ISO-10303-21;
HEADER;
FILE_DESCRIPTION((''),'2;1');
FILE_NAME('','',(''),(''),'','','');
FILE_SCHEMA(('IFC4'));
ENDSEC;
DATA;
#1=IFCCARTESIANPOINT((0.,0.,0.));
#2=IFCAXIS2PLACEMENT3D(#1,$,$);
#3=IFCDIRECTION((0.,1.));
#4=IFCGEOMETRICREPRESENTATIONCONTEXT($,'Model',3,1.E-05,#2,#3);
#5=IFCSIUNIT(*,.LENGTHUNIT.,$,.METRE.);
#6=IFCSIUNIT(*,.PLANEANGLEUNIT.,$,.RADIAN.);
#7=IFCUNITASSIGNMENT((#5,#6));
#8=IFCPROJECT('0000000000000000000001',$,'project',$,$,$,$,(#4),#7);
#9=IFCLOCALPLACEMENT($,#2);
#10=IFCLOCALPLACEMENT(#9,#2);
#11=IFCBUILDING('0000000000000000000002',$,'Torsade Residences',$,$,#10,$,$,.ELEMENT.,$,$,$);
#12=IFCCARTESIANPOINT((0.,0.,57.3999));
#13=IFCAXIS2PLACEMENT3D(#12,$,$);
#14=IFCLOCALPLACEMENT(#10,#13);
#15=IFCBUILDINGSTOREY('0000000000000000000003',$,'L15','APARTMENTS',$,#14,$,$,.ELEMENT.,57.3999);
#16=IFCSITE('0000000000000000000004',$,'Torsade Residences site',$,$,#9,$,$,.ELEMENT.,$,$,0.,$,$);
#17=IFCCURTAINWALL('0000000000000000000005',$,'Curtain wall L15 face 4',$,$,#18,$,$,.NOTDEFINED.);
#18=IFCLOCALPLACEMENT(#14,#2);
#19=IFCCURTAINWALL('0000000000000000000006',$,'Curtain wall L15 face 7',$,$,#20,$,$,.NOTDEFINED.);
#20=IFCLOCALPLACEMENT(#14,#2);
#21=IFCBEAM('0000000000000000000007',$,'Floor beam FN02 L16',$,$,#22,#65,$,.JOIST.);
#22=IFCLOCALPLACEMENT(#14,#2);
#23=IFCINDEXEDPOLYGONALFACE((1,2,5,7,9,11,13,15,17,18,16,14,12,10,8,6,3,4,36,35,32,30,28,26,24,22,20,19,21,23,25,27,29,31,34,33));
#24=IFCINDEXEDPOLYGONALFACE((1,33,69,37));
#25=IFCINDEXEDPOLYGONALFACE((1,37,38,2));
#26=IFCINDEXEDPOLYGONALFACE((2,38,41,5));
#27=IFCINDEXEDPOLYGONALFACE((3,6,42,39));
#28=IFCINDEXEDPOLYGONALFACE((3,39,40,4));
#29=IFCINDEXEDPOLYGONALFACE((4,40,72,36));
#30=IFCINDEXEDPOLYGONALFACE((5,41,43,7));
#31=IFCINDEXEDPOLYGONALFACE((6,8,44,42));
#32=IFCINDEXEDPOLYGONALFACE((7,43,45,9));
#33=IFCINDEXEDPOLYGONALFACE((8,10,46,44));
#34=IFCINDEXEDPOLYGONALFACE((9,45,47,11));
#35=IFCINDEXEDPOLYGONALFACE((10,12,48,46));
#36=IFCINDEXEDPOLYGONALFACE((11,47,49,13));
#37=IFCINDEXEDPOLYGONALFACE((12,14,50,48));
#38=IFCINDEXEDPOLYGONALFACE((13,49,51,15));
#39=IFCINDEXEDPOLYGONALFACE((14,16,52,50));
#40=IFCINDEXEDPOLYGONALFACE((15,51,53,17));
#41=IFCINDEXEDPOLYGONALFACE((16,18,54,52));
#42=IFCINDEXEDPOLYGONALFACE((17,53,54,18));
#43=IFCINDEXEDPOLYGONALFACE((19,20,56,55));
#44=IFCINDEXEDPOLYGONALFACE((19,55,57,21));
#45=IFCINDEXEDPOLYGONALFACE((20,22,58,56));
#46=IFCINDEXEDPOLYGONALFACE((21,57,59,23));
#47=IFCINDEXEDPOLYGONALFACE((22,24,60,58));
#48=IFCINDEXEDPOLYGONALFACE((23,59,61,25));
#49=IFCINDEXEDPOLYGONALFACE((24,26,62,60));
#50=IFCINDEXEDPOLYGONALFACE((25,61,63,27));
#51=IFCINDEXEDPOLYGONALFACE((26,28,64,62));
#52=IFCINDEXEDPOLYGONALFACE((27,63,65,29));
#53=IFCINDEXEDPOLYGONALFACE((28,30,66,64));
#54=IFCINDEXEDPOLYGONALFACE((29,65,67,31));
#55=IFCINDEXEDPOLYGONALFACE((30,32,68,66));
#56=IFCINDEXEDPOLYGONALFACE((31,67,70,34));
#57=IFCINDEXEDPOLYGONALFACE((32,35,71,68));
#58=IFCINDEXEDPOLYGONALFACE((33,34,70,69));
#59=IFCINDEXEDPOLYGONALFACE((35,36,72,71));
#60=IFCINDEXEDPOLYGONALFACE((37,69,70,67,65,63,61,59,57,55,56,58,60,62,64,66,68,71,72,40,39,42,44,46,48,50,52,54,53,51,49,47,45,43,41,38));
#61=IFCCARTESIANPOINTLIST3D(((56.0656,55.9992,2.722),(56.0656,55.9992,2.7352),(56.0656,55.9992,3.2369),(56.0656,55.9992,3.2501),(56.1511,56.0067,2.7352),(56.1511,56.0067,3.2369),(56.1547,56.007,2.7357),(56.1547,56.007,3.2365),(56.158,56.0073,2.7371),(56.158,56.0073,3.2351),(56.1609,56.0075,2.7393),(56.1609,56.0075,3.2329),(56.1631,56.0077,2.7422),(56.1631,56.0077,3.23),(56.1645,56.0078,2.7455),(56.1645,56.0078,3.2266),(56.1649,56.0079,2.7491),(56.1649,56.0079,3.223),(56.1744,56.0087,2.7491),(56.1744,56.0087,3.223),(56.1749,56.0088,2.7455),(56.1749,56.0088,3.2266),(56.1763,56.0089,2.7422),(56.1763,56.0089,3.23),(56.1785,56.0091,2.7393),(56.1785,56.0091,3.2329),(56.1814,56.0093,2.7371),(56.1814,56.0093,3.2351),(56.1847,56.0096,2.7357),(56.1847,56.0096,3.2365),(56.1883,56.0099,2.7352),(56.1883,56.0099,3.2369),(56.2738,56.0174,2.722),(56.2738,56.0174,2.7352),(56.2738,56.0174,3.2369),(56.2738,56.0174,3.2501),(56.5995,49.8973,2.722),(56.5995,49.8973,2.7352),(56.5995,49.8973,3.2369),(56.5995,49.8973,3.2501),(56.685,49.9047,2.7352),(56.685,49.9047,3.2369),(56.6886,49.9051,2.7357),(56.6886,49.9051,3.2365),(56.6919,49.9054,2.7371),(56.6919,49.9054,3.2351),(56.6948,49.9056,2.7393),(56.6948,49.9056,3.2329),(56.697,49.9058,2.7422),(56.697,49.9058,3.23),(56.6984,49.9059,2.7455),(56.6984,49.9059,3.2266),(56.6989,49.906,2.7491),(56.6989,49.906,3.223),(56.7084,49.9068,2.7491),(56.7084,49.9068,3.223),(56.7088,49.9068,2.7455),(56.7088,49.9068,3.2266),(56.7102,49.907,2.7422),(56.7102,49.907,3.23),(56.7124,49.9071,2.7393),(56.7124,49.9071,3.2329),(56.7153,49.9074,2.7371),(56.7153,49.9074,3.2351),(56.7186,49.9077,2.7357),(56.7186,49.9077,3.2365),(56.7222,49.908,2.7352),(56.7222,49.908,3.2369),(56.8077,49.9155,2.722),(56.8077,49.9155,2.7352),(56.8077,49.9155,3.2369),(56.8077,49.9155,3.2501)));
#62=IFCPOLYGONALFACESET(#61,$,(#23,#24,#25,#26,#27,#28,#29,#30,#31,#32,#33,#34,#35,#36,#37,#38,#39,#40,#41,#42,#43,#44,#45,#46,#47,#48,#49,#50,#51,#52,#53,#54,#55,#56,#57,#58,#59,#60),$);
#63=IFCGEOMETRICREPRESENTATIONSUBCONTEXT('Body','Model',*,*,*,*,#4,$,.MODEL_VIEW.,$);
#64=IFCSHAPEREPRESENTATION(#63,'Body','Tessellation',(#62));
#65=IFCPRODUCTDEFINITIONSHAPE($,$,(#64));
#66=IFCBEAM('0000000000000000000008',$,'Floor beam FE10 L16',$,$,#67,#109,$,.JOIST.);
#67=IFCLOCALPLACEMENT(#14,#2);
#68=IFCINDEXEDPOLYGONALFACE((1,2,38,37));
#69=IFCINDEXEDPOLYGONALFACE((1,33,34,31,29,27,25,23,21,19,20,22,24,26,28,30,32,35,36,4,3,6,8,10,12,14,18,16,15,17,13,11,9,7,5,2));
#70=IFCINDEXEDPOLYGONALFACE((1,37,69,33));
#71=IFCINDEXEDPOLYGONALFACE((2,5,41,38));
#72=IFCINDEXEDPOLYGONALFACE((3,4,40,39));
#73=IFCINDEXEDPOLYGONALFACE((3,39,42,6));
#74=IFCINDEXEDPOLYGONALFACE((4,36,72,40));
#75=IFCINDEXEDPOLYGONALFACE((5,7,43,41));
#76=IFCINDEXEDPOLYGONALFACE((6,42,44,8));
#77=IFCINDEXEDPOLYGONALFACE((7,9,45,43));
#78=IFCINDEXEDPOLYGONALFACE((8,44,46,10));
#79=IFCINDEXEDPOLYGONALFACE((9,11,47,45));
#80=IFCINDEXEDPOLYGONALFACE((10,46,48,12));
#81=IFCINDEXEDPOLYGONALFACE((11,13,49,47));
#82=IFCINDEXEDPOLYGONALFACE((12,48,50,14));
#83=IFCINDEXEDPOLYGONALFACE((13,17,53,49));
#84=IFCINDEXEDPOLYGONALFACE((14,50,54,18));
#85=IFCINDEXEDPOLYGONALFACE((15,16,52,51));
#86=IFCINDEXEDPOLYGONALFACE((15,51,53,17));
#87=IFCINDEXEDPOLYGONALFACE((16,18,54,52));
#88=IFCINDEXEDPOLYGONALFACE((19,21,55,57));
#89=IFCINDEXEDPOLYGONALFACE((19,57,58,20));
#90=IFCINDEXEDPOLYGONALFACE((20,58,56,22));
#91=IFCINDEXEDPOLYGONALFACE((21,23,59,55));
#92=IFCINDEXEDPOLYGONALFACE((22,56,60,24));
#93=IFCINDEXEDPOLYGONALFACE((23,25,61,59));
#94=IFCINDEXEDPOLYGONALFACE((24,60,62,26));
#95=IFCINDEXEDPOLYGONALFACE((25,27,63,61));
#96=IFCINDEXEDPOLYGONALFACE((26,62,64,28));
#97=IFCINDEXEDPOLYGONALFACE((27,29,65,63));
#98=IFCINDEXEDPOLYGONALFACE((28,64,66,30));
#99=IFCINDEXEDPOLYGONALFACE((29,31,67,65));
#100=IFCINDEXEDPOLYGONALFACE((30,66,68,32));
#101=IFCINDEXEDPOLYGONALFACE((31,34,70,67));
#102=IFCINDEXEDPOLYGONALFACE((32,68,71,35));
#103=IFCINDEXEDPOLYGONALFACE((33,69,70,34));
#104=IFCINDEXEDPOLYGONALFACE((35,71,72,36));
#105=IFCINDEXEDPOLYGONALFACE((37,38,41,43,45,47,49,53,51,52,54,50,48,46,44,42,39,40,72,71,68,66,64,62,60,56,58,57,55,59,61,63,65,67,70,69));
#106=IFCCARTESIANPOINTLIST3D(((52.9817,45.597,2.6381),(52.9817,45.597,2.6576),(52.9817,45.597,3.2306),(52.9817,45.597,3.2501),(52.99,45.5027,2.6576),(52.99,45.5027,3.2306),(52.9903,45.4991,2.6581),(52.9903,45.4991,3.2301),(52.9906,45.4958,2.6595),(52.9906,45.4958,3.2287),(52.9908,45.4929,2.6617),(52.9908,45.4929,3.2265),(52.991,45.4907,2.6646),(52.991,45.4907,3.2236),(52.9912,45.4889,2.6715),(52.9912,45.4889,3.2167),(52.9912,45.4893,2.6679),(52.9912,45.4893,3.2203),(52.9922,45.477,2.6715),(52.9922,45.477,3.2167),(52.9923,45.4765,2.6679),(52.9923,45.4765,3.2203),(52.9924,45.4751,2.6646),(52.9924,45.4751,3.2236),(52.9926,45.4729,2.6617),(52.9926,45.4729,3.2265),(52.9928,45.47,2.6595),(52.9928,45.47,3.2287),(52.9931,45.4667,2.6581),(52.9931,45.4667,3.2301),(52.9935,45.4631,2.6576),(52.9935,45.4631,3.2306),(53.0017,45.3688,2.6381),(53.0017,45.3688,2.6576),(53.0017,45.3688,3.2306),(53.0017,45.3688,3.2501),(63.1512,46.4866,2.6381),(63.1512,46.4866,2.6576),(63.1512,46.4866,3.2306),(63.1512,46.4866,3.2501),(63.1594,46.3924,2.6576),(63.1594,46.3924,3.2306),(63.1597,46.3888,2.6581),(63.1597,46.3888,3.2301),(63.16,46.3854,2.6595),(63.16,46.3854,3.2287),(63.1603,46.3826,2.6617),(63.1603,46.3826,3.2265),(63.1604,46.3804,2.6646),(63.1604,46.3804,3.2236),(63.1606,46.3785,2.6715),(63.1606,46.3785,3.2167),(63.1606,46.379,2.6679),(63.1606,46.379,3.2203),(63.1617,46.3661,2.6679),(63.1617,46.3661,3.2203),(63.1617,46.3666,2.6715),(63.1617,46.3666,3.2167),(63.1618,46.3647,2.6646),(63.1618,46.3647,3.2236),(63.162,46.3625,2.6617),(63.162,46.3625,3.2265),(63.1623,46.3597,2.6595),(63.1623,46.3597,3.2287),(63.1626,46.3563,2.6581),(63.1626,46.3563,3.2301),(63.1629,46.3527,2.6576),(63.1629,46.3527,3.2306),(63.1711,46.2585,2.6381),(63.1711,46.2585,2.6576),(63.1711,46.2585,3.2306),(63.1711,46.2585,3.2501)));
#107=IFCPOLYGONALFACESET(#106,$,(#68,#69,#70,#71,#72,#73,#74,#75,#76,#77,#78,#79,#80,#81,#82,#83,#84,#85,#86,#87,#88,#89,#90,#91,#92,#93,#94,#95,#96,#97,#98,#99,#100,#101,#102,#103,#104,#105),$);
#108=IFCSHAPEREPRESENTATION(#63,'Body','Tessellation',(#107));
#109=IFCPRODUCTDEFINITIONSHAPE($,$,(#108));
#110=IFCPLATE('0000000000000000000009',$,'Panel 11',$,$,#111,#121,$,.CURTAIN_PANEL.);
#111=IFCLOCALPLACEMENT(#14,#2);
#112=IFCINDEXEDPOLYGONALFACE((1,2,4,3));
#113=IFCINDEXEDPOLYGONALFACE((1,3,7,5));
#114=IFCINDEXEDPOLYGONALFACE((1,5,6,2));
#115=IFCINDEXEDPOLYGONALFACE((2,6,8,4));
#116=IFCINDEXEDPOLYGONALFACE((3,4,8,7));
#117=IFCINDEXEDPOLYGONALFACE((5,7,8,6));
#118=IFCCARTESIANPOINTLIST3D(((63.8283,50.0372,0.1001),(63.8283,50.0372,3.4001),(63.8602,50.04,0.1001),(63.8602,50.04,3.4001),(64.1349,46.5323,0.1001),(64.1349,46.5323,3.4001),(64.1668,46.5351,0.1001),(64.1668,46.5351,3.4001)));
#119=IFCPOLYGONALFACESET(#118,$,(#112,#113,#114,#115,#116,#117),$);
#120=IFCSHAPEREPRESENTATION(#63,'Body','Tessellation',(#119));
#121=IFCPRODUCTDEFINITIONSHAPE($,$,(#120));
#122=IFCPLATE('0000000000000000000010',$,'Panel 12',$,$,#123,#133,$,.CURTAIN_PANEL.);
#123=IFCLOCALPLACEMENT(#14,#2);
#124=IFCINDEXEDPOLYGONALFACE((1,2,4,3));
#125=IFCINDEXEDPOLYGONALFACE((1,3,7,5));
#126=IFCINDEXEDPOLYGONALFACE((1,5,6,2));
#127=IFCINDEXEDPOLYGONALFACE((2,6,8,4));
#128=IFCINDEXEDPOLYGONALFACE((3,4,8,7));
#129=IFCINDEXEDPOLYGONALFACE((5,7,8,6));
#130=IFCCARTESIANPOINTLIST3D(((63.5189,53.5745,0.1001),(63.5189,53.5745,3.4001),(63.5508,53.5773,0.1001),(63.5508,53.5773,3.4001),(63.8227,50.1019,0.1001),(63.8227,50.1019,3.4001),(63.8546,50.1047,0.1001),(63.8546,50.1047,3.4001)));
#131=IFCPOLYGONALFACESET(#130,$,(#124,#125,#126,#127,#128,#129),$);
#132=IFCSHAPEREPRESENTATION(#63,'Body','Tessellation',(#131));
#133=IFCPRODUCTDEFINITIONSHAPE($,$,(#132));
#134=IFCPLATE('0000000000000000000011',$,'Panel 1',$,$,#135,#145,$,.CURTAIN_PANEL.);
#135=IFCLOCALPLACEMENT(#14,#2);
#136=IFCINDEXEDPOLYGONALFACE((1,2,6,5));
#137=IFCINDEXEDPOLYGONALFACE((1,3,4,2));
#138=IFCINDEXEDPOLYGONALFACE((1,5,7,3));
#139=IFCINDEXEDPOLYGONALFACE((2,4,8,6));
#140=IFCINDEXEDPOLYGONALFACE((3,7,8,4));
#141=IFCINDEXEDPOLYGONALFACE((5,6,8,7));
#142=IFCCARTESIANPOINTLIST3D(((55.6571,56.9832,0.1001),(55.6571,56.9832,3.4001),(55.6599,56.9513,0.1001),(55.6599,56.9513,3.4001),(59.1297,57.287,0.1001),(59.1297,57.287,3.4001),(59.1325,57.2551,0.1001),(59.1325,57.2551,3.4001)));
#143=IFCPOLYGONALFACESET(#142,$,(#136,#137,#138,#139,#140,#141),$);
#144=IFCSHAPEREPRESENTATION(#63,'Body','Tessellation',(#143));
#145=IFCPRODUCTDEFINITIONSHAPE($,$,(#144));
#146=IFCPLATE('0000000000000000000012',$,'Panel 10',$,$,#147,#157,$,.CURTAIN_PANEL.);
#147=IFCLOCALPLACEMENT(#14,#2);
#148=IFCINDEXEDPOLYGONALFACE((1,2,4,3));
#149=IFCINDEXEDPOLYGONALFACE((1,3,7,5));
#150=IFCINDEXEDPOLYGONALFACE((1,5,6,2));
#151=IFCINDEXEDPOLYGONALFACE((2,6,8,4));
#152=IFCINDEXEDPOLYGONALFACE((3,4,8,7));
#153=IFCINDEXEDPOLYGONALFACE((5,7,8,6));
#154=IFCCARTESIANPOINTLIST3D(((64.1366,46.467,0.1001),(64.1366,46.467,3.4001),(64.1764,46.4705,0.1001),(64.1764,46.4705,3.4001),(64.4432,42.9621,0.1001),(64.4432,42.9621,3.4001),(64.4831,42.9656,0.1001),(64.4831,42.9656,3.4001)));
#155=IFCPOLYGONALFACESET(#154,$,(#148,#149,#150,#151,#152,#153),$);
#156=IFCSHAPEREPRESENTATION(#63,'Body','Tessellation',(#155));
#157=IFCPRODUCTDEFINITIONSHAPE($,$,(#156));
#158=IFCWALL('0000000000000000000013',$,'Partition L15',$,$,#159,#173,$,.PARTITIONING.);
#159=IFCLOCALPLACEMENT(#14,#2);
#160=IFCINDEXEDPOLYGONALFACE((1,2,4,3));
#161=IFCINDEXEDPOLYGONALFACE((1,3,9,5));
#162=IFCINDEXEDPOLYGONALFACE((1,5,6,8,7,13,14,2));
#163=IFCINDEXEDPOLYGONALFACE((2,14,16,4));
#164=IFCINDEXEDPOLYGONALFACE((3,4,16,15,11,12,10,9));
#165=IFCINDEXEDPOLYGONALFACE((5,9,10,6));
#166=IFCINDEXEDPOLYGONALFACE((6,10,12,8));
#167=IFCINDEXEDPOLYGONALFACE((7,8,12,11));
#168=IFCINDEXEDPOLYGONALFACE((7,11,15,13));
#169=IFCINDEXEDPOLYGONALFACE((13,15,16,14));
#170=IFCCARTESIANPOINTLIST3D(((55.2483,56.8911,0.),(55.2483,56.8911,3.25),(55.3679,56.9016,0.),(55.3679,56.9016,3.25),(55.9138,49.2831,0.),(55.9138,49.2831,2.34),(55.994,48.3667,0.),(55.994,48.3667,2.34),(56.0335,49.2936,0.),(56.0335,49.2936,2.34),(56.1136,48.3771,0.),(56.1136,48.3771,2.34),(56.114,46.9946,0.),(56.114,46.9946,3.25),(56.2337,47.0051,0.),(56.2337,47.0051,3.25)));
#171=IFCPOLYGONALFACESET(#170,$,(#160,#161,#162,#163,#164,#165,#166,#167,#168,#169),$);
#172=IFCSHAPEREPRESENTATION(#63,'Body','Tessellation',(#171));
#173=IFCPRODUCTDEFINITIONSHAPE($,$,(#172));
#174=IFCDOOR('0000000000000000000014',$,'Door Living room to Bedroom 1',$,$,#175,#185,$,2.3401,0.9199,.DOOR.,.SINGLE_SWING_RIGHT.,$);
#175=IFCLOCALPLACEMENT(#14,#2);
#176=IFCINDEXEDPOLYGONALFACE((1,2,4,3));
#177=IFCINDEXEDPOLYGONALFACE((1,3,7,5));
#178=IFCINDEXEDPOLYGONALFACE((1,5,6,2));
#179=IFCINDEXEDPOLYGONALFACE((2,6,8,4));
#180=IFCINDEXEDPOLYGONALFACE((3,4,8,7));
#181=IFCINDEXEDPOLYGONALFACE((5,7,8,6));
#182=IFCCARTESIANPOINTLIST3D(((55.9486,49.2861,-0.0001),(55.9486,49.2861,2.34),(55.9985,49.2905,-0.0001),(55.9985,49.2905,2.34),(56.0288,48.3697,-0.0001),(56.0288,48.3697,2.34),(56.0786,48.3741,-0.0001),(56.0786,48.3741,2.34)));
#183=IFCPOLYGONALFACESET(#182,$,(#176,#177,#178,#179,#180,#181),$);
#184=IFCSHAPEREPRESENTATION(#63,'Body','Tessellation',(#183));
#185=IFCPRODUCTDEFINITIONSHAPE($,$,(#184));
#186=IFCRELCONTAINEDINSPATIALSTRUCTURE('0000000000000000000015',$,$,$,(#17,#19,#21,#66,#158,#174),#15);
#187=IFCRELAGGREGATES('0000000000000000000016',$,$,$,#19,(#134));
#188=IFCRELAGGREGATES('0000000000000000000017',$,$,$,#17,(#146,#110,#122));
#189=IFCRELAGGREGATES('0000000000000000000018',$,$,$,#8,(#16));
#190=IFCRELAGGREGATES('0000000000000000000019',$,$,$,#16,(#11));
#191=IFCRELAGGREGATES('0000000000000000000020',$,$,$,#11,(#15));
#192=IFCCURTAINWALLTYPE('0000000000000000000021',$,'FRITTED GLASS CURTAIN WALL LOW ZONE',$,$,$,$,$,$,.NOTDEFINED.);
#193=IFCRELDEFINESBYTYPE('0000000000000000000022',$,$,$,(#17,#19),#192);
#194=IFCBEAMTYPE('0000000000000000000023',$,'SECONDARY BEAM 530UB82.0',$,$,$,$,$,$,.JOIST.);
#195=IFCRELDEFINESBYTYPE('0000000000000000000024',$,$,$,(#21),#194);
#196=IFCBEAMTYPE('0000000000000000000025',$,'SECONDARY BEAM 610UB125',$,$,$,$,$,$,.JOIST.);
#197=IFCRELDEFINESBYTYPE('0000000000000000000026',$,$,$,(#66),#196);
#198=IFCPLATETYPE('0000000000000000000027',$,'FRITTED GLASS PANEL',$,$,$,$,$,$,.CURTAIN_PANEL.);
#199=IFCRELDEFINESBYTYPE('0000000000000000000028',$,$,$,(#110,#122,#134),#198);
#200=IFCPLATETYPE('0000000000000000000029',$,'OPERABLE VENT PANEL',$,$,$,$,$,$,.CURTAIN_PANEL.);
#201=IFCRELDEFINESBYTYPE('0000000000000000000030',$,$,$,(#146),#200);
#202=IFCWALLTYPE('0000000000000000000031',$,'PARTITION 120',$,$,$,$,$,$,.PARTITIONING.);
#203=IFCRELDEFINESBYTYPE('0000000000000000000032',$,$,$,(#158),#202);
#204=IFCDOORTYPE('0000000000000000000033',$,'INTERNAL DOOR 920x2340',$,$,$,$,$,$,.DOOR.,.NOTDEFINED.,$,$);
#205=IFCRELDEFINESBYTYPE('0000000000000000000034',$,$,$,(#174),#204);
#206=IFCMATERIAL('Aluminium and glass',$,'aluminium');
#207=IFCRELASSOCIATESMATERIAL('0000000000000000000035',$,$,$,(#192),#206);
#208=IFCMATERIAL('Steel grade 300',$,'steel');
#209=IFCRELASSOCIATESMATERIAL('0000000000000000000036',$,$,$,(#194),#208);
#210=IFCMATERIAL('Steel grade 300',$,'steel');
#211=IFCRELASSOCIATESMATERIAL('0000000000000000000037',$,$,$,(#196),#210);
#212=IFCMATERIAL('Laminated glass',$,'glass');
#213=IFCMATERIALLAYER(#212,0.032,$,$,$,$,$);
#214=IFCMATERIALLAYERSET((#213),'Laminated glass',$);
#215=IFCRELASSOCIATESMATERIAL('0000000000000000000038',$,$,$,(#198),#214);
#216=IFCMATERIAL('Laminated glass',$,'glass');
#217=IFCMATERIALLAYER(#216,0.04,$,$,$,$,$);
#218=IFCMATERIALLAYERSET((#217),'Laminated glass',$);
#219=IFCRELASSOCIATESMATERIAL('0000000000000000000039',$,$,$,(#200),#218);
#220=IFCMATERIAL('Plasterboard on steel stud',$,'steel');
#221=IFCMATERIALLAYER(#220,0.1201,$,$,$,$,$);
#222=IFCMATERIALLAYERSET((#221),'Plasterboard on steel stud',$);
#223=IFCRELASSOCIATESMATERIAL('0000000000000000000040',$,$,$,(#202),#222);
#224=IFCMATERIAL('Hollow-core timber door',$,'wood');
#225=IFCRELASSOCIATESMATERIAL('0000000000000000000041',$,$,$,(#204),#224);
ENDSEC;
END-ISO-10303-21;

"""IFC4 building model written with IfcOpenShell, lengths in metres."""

from ifc_helpers import new_model, si_unit, direction, frame, frame_2d, origin, origin_2d, place, context, subcontext, project, spatial, rectangle, i_section, extrude, material, layer, layer_set, material_profile, profile_set, type_object, element, fill, aggregate, save


model = new_model("IFC4")

# Units and contexts
model_context = context("Model", 3, precision=1e-05, world=origin(), true_north=direction((0.0, 1.0)))
body_context = subcontext(model_context, "Body", "Model", "MODEL_VIEW")
ifc_project = project(units=[si_unit("LENGTHUNIT", "METRE"), si_unit("PLANEANGLEUNIT", "RADIAN")], contexts=[model_context])

# Site, building, storey
site_placement = place(None, origin())
site = spatial("IfcSite", under=ifc_project, at=site_placement, Name="Torsade Residences site", CompositionType="ELEMENT", RefElevation=0.0)
building_placement = place(site_placement, origin())
building = spatial("IfcBuilding", under=site, at=building_placement, Name="Torsade Residences", CompositionType="ELEMENT")
storey_placement = place(building_placement, frame((0.0, 0.0, 57.3999)))
storey = spatial("IfcBuildingStorey", under=building, at=storey_placement, Name="L15", Description="APARTMENTS", CompositionType="ELEMENT", Elevation=57.3999)

# Curtain walls
ifc_material_1 = material(Name="Aluminium and glass", Category="aluminium")
curtain_wall_type = type_object("IfcCurtainWallType", Name="FRITTED GLASS CURTAIN WALL LOW ZONE", PredefinedType="NOTDEFINED", material=ifc_material_1)
curtain_wall_1_placement = place(storey_placement, origin())
curtain_wall_1 = element("IfcCurtainWall", 1, at=curtain_wall_1_placement, inside=storey, type_object=curtain_wall_type, Name="Curtain wall L15 face 4", PredefinedType="NOTDEFINED")
curtain_wall_2_placement = place(storey_placement, origin())
curtain_wall_2 = element("IfcCurtainWall", 2, at=curtain_wall_2_placement, inside=storey, type_object=curtain_wall_type, Name="Curtain wall L15 face 7", PredefinedType="NOTDEFINED")

# Beams
ifc_material_2 = material(Name="Steel grade 300", Category="steel")
ifc_material_profile_1 = material_profile(ifc_material_2, i_section(OverallWidth=0.209, OverallDepth=0.5281, WebThickness=0.0095, FlangeThickness=0.0132, FilletRadius=0.0139, at=origin_2d()), Name="530UB82.0")
ifc_profile_set_1 = profile_set([ifc_material_profile_1], Name="Steel grade 300")
beam_type_1 = type_object("IfcBeamType", Name="SECONDARY BEAM 530UB82.0", PredefinedType="JOIST", material=ifc_profile_set_1)
beam_1_placement = place(storey_placement, frame((56.1697, 56.0083, 2.9861), z_axis=(0.087171, -0.996193, 0.0), x_axis=(0.996193, 0.087171, 0.0)))
element("IfcBeam", 3, at=beam_1_placement, inside=storey, type_object=beam_type_1, Name="Floor beam FN02 L16", PredefinedType="JOIST", context=body_context, shape_type="SweptSolid", body=[
    extrude(i_section(OverallWidth=0.209, OverallDepth=0.5281, WebThickness=0.0095, FlangeThickness=0.0132, FilletRadius=0.0139, at=origin_2d()), origin(), (0.0, 0.0, 1.0), 6.1252),
])
ifc_material_3 = material(Name="Steel grade 300", Category="steel")
ifc_material_profile_2 = material_profile(ifc_material_3, i_section(OverallWidth=0.229, OverallDepth=0.6121, WebThickness=0.012, FlangeThickness=0.0195, FilletRadius=0.0139, at=origin_2d()), Name="610UB125")
ifc_profile_set_2 = profile_set([ifc_material_profile_2], Name="Steel grade 300")
beam_type_2 = type_object("IfcBeamType", Name="SECONDARY BEAM 610UB125", PredefinedType="JOIST", material=ifc_profile_set_2)
beam_2_placement = place(storey_placement, frame((63.1611, 46.3726, 2.9441), z_axis=(-0.996195, -0.08715, 0.0), x_axis=(0.08715, -0.996195, 0.0)))
element("IfcBeam", 4, at=beam_2_placement, inside=storey, type_object=beam_type_2, Name="Floor beam FE10 L16", PredefinedType="JOIST", context=body_context, shape_type="SweptSolid", body=[
    extrude(i_section(OverallWidth=0.229, OverallDepth=0.6121, WebThickness=0.012, FlangeThickness=0.0195, FilletRadius=0.0139, at=origin_2d()), origin(), (0.0, 0.0, 1.0), 10.2083),
])

# Plates
ifc_material_4 = material(Name="Laminated glass", Category="glass")
ifc_layer_1 = layer(ifc_material_4, 0.032)
ifc_layer_set_1 = layer_set([ifc_layer_1], Name="Laminated glass")
plate_type_1 = type_object("IfcPlateType", Name="FRITTED GLASS PANEL", PredefinedType="CURTAIN_PANEL", material=ifc_layer_set_1)
plate_1_placement = place(storey_placement, frame((63.9976, 48.2861, 0.1001), z_axis=(0.0, 0.0, 1.0), x_axis=(-0.087156, 0.996195, 0.0)))
plate_1 = element("IfcPlate", 5, at=plate_1_placement, type_object=plate_type_1, Name="Panel 11", PredefinedType="CURTAIN_PANEL", context=body_context, shape_type="SweptSolid", body=[
    extrude(rectangle(XDim=3.5183, YDim=0.032, at=origin_2d()), origin(), (0.0, 0.0, 1.0), 3.3),
])
plate_2_placement = place(storey_placement, frame((63.6868, 51.8396, 0.1001), z_axis=(0.0, 0.0, 1.0), x_axis=(-0.087156, 0.996195, 0.0)))
plate_2 = element("IfcPlate", 6, at=plate_2_placement, type_object=plate_type_1, Name="Panel 12", PredefinedType="CURTAIN_PANEL", context=body_context, shape_type="SweptSolid", body=[
    extrude(rectangle(XDim=3.4858, YDim=0.032, at=origin_2d()), origin(), (0.0, 0.0, 1.0), 3.3),
])
plate_3_placement = place(storey_placement, frame((57.3948, 57.1191, 0.1001), z_axis=(0.0, 0.0, 1.0), x_axis=(-0.996195, -0.087156, 0.0)))
plate_3 = element("IfcPlate", 7, at=plate_3_placement, type_object=plate_type_1, Name="Panel 1", PredefinedType="CURTAIN_PANEL", context=body_context, shape_type="SweptSolid", body=[
    extrude(rectangle(XDim=3.4858, YDim=0.032, at=origin_2d()), origin(), (0.0, 0.0, 1.0), 3.3),
])
aggregate(curtain_wall_2, [plate_3])
ifc_material_5 = material(Name="Laminated glass", Category="glass")
ifc_layer_2 = layer(ifc_material_5, 0.04)
ifc_layer_set_2 = layer_set([ifc_layer_2], Name="Laminated glass")
plate_type_2 = type_object("IfcPlateType", Name="OPERABLE VENT PANEL", PredefinedType="CURTAIN_PANEL", material=ifc_layer_set_2)
plate_4_placement = place(storey_placement, frame((64.3098, 44.7163, 0.1001), z_axis=(0.0, 0.0, 1.0), x_axis=(-0.087156, 0.996195, 0.0)))
plate_4 = element("IfcPlate", 8, at=plate_4_placement, type_object=plate_type_2, Name="Panel 10", PredefinedType="CURTAIN_PANEL", context=body_context, shape_type="SweptSolid", body=[
    extrude(rectangle(XDim=3.5183, YDim=0.04, at=origin_2d()), origin(), (0.0, 0.0, 1.0), 3.3),
])
aggregate(curtain_wall_1, [plate_4, plate_1, plate_2])

# Wall, opening, door
ifc_material_6 = material(Name="Plasterboard on steel stud", Category="steel")
ifc_layer_3 = layer(ifc_material_6, 0.1201)
ifc_layer_set_3 = layer_set([ifc_layer_3], Name="Plasterboard on steel stud")
wall_type_1 = type_object("IfcWallType", Name="PARTITION 120", PredefinedType="PARTITIONING", material=ifc_layer_set_3)
wall_1_placement = place(storey_placement, frame((55.3081, 56.8965, 0.0), z_axis=(0.0, 0.0, 1.0), x_axis=(0.087145, -0.996196, 0.0)))
wall_1 = element("IfcWall", 9, at=wall_1_placement, inside=storey, type_object=wall_type_1, Name="Partition L15", PredefinedType="PARTITIONING", context=body_context, shape_type="SweptSolid", body=[
    extrude(rectangle(XDim=9.9343, YDim=0.1201, at=frame_2d((4.9673, 0.0))), origin(), (0.0, 0.0, 1.0), 3.25),
])
opening_1_placement = place(wall_1_placement, frame((7.6372, 0.0, 0.0)))
opening_1 = element("IfcOpeningElement", 10, at=opening_1_placement, cuts=wall_1, PredefinedType="OPENING", context=body_context, shape_type="SweptSolid", body=[
    extrude(rectangle(XDim=0.9199, YDim=2.3401, at=frame_2d((0.46, 1.1699))), frame((0.0, 0.0701, 0.0), z_axis=(0.0, -1.0, 0.0), x_axis=(1.0, 0.0, 0.0)), (0.0, 0.0, 1.0), 0.1401),
])
ifc_material_7 = material(Name="Hollow-core timber door", Category="wood")
door_type_1 = type_object("IfcDoorType", Name="INTERNAL DOOR 920x2340", OperationType="NOTDEFINED", PredefinedType="DOOR", material=ifc_material_7)
door_1_placement = place(opening_1_placement, origin())
door_1 = element("IfcDoor", 11, at=door_1_placement, inside=storey, type_object=door_type_1, Name="Door Living room to Bedroom 1", OperationType="SINGLE_SWING_RIGHT", OverallHeight=2.3401, OverallWidth=0.9199, PredefinedType="DOOR", context=body_context, shape_type="SweptSolid", body=[
    extrude(rectangle(XDim=0.9199, YDim=2.3401, at=frame_2d((0.46, 1.1699))), frame((0.0, 0.0249, 0.0), z_axis=(0.0, -1.0, 0.0), x_axis=(1.0, 0.0, 0.0)), (0.0, 0.0, 1.0), 0.05),
])
fill(opening_1, door_1)

save(model, "model.ifc")
